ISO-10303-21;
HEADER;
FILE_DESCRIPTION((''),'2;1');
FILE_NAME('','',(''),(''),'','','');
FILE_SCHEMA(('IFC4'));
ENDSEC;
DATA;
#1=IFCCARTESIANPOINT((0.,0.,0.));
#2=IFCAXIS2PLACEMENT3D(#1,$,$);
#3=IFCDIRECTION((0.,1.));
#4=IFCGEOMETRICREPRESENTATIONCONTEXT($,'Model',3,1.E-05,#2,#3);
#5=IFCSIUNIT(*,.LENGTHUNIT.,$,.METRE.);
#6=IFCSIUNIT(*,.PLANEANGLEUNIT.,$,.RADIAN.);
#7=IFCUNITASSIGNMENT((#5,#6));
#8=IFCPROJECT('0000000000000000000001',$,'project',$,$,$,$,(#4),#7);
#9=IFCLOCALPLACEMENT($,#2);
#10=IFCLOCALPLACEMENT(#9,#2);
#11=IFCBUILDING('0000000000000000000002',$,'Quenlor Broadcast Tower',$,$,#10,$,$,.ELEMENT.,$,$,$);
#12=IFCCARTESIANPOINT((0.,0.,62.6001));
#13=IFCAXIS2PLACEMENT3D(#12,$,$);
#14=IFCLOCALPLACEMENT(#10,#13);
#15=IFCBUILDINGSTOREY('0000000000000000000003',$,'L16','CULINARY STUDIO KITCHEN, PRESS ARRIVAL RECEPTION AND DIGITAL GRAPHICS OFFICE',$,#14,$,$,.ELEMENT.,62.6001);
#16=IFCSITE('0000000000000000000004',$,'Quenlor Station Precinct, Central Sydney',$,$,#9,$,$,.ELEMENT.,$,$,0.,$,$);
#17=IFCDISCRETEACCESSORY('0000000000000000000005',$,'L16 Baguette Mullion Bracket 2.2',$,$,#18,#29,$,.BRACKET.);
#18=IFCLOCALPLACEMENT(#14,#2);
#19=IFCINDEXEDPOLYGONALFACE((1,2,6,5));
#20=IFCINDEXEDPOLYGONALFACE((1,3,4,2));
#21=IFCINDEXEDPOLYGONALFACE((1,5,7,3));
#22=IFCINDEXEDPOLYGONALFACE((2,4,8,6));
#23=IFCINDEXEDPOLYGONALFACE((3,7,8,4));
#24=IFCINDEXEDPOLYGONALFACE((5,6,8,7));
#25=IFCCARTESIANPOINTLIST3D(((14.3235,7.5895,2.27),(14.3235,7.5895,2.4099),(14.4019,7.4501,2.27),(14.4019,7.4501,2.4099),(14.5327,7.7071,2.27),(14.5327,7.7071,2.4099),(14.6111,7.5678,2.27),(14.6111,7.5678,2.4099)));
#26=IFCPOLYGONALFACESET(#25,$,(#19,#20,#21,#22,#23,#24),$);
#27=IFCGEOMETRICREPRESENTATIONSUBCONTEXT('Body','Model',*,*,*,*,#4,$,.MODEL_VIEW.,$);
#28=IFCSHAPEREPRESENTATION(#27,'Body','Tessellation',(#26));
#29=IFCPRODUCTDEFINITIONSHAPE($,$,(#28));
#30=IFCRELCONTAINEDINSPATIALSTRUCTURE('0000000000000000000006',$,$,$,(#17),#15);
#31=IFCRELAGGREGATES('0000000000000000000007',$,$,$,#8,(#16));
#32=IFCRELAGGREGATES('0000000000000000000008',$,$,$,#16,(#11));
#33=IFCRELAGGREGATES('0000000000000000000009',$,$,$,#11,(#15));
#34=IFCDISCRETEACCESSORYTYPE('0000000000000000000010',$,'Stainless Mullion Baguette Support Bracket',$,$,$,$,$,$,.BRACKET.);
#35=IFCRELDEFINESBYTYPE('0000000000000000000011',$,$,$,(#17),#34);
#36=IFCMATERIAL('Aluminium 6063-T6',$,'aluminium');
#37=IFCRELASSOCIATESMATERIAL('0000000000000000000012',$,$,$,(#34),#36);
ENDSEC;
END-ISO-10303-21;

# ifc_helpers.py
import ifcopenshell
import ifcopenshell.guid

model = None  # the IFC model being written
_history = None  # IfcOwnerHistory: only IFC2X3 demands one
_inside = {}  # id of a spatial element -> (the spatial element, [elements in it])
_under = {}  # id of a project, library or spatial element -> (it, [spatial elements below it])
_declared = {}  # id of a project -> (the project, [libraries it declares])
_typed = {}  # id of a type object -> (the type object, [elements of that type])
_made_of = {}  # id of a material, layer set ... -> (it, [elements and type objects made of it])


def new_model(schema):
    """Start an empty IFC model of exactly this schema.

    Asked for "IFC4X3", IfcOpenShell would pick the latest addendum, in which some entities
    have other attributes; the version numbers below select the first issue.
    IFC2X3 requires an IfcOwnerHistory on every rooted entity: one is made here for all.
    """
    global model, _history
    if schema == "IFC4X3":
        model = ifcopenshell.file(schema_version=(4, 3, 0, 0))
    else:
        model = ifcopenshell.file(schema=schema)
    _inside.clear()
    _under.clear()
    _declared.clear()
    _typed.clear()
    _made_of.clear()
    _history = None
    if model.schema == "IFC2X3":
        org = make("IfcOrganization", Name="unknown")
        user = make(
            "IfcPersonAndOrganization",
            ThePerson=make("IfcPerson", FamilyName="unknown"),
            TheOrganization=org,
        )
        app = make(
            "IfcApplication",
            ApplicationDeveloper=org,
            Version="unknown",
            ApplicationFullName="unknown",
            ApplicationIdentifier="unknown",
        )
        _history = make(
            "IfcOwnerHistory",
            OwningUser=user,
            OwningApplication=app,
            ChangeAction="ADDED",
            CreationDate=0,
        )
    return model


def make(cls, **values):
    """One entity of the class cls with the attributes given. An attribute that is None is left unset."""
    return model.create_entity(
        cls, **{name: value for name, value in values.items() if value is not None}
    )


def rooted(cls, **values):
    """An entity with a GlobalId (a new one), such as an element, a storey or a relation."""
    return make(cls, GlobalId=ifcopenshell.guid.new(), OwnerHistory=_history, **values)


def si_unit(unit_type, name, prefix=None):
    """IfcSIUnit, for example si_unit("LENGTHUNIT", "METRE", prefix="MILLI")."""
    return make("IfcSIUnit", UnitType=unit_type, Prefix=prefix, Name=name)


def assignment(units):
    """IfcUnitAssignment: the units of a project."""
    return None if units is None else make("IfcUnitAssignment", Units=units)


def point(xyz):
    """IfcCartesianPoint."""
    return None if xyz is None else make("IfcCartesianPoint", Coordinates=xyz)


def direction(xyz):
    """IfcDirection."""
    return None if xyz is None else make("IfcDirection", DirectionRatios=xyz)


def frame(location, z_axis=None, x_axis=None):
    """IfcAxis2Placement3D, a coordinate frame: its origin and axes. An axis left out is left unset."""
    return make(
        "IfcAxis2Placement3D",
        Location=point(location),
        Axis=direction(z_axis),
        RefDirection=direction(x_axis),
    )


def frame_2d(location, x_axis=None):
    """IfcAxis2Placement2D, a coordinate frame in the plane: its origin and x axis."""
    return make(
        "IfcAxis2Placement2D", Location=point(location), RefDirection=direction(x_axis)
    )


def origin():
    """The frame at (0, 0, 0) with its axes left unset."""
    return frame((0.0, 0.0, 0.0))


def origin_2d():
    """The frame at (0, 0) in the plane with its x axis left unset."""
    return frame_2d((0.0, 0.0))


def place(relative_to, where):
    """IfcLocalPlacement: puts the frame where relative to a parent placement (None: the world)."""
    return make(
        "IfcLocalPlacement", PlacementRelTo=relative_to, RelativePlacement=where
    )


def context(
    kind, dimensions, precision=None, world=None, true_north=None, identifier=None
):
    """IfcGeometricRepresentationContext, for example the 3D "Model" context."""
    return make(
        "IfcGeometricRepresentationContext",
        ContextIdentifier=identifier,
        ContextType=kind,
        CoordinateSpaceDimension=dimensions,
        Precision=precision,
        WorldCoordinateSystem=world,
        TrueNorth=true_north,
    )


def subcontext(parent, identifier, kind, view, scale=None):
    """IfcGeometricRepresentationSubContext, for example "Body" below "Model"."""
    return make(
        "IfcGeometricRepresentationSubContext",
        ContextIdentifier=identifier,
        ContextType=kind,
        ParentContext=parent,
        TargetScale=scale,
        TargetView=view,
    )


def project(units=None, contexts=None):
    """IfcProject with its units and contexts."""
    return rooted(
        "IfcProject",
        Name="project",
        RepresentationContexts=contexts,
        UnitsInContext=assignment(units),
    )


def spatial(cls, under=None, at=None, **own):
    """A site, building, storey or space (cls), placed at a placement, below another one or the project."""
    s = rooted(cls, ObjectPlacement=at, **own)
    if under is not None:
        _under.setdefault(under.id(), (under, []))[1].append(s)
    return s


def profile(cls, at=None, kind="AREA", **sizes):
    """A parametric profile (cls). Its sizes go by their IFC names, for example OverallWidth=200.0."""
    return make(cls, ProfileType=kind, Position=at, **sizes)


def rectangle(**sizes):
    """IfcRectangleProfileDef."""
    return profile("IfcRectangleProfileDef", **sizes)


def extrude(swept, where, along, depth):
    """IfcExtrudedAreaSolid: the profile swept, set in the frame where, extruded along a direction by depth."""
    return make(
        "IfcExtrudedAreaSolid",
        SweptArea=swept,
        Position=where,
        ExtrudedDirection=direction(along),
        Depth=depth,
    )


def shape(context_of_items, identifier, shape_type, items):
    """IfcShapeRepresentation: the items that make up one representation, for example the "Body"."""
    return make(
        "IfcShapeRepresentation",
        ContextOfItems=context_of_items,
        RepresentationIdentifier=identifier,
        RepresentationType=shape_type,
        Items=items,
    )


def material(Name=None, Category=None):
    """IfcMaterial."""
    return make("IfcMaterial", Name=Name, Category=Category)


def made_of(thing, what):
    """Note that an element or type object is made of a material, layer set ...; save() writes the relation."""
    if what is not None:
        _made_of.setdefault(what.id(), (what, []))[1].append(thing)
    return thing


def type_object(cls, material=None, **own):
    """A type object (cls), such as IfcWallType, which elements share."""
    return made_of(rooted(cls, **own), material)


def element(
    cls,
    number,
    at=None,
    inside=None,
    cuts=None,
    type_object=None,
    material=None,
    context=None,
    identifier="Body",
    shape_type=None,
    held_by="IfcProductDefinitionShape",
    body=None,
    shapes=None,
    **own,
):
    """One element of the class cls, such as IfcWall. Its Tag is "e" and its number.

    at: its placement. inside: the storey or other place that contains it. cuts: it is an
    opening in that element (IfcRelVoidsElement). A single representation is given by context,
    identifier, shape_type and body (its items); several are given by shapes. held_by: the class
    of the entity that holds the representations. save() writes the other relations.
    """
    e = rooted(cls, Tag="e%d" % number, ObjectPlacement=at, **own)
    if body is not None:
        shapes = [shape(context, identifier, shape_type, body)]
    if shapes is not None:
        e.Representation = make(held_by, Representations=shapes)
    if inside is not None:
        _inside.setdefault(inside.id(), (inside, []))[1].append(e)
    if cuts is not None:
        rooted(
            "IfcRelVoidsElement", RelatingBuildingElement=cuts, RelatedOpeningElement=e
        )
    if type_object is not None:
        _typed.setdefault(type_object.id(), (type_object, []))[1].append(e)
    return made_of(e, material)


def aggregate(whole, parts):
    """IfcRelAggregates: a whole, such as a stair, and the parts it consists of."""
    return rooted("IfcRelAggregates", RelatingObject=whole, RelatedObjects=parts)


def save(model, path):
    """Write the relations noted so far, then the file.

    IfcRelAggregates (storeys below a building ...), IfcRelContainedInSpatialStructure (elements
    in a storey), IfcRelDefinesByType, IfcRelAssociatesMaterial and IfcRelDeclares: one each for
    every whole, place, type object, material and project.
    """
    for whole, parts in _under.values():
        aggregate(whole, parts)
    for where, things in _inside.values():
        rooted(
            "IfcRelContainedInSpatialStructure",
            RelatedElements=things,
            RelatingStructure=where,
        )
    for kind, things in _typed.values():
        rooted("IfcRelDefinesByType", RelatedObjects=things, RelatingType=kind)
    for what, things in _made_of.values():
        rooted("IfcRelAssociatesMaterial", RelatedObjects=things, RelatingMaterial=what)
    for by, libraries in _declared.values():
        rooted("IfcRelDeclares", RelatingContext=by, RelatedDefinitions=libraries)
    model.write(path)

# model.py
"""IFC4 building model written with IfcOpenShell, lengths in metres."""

from ifc_helpers import new_model, si_unit, direction, frame, origin, origin_2d, place, context, subcontext, project, spatial, rectangle, extrude, material, type_object, element, save


model = new_model("IFC4")

# Units and contexts
model_context = context("Model", 3, precision=1e-05, world=origin(), true_north=direction((0.0, 1.0)))
body_context = subcontext(model_context, "Body", "Model", "MODEL_VIEW")
ifc_project = project(units=[si_unit("LENGTHUNIT", "METRE"), si_unit("PLANEANGLEUNIT", "RADIAN")], contexts=[model_context])

# Site, building, storey
site_placement = place(None, origin())
site = spatial("IfcSite", under=ifc_project, at=site_placement, Name="Quenlor Station Precinct, Central Sydney", CompositionType="ELEMENT", RefElevation=0.0)
building_placement = place(site_placement, origin())
building = spatial("IfcBuilding", under=site, at=building_placement, Name="Quenlor Broadcast Tower", CompositionType="ELEMENT")
storey_placement = place(building_placement, frame((0.0, 0.0, 62.6001)))
storey = spatial("IfcBuildingStorey", under=building, at=storey_placement, Name="L16", Description="CULINARY STUDIO KITCHEN, PRESS ARRIVAL RECEPTION AND DIGITAL GRAPHICS OFFICE", CompositionType="ELEMENT", Elevation=62.6001)

# Discrete accessory
ifc_material_1 = material(Name="Aluminium 6063-T6", Category="aluminium")
discrete_accessory_type = type_object("IfcDiscreteAccessoryType", Name="Stainless Mullion Baguette Support Bracket", PredefinedType="BRACKET", material=ifc_material_1)
for number, where, z_axis, x_axis, name in (
    (1, (14.4673, 7.5786, 2.27), (0.0, 0.0, 1.0), (0.490274, -0.871568, 0.0), "L16 Baguette Mullion Bracket 2.2"),
):
    element("IfcDiscreteAccessory", number, at=place(storey_placement, frame(where, z_axis=z_axis, x_axis=x_axis)), inside=storey, type_object=discrete_accessory_type, Name=name, PredefinedType="BRACKET", context=body_context, shape_type="SweptSolid", body=[
        extrude(rectangle(XDim=0.1599, YDim=0.24, at=origin_2d()), origin(), (0.0, 0.0, 1.0), 0.1399),
    ])

save(model, "model.ifc")
